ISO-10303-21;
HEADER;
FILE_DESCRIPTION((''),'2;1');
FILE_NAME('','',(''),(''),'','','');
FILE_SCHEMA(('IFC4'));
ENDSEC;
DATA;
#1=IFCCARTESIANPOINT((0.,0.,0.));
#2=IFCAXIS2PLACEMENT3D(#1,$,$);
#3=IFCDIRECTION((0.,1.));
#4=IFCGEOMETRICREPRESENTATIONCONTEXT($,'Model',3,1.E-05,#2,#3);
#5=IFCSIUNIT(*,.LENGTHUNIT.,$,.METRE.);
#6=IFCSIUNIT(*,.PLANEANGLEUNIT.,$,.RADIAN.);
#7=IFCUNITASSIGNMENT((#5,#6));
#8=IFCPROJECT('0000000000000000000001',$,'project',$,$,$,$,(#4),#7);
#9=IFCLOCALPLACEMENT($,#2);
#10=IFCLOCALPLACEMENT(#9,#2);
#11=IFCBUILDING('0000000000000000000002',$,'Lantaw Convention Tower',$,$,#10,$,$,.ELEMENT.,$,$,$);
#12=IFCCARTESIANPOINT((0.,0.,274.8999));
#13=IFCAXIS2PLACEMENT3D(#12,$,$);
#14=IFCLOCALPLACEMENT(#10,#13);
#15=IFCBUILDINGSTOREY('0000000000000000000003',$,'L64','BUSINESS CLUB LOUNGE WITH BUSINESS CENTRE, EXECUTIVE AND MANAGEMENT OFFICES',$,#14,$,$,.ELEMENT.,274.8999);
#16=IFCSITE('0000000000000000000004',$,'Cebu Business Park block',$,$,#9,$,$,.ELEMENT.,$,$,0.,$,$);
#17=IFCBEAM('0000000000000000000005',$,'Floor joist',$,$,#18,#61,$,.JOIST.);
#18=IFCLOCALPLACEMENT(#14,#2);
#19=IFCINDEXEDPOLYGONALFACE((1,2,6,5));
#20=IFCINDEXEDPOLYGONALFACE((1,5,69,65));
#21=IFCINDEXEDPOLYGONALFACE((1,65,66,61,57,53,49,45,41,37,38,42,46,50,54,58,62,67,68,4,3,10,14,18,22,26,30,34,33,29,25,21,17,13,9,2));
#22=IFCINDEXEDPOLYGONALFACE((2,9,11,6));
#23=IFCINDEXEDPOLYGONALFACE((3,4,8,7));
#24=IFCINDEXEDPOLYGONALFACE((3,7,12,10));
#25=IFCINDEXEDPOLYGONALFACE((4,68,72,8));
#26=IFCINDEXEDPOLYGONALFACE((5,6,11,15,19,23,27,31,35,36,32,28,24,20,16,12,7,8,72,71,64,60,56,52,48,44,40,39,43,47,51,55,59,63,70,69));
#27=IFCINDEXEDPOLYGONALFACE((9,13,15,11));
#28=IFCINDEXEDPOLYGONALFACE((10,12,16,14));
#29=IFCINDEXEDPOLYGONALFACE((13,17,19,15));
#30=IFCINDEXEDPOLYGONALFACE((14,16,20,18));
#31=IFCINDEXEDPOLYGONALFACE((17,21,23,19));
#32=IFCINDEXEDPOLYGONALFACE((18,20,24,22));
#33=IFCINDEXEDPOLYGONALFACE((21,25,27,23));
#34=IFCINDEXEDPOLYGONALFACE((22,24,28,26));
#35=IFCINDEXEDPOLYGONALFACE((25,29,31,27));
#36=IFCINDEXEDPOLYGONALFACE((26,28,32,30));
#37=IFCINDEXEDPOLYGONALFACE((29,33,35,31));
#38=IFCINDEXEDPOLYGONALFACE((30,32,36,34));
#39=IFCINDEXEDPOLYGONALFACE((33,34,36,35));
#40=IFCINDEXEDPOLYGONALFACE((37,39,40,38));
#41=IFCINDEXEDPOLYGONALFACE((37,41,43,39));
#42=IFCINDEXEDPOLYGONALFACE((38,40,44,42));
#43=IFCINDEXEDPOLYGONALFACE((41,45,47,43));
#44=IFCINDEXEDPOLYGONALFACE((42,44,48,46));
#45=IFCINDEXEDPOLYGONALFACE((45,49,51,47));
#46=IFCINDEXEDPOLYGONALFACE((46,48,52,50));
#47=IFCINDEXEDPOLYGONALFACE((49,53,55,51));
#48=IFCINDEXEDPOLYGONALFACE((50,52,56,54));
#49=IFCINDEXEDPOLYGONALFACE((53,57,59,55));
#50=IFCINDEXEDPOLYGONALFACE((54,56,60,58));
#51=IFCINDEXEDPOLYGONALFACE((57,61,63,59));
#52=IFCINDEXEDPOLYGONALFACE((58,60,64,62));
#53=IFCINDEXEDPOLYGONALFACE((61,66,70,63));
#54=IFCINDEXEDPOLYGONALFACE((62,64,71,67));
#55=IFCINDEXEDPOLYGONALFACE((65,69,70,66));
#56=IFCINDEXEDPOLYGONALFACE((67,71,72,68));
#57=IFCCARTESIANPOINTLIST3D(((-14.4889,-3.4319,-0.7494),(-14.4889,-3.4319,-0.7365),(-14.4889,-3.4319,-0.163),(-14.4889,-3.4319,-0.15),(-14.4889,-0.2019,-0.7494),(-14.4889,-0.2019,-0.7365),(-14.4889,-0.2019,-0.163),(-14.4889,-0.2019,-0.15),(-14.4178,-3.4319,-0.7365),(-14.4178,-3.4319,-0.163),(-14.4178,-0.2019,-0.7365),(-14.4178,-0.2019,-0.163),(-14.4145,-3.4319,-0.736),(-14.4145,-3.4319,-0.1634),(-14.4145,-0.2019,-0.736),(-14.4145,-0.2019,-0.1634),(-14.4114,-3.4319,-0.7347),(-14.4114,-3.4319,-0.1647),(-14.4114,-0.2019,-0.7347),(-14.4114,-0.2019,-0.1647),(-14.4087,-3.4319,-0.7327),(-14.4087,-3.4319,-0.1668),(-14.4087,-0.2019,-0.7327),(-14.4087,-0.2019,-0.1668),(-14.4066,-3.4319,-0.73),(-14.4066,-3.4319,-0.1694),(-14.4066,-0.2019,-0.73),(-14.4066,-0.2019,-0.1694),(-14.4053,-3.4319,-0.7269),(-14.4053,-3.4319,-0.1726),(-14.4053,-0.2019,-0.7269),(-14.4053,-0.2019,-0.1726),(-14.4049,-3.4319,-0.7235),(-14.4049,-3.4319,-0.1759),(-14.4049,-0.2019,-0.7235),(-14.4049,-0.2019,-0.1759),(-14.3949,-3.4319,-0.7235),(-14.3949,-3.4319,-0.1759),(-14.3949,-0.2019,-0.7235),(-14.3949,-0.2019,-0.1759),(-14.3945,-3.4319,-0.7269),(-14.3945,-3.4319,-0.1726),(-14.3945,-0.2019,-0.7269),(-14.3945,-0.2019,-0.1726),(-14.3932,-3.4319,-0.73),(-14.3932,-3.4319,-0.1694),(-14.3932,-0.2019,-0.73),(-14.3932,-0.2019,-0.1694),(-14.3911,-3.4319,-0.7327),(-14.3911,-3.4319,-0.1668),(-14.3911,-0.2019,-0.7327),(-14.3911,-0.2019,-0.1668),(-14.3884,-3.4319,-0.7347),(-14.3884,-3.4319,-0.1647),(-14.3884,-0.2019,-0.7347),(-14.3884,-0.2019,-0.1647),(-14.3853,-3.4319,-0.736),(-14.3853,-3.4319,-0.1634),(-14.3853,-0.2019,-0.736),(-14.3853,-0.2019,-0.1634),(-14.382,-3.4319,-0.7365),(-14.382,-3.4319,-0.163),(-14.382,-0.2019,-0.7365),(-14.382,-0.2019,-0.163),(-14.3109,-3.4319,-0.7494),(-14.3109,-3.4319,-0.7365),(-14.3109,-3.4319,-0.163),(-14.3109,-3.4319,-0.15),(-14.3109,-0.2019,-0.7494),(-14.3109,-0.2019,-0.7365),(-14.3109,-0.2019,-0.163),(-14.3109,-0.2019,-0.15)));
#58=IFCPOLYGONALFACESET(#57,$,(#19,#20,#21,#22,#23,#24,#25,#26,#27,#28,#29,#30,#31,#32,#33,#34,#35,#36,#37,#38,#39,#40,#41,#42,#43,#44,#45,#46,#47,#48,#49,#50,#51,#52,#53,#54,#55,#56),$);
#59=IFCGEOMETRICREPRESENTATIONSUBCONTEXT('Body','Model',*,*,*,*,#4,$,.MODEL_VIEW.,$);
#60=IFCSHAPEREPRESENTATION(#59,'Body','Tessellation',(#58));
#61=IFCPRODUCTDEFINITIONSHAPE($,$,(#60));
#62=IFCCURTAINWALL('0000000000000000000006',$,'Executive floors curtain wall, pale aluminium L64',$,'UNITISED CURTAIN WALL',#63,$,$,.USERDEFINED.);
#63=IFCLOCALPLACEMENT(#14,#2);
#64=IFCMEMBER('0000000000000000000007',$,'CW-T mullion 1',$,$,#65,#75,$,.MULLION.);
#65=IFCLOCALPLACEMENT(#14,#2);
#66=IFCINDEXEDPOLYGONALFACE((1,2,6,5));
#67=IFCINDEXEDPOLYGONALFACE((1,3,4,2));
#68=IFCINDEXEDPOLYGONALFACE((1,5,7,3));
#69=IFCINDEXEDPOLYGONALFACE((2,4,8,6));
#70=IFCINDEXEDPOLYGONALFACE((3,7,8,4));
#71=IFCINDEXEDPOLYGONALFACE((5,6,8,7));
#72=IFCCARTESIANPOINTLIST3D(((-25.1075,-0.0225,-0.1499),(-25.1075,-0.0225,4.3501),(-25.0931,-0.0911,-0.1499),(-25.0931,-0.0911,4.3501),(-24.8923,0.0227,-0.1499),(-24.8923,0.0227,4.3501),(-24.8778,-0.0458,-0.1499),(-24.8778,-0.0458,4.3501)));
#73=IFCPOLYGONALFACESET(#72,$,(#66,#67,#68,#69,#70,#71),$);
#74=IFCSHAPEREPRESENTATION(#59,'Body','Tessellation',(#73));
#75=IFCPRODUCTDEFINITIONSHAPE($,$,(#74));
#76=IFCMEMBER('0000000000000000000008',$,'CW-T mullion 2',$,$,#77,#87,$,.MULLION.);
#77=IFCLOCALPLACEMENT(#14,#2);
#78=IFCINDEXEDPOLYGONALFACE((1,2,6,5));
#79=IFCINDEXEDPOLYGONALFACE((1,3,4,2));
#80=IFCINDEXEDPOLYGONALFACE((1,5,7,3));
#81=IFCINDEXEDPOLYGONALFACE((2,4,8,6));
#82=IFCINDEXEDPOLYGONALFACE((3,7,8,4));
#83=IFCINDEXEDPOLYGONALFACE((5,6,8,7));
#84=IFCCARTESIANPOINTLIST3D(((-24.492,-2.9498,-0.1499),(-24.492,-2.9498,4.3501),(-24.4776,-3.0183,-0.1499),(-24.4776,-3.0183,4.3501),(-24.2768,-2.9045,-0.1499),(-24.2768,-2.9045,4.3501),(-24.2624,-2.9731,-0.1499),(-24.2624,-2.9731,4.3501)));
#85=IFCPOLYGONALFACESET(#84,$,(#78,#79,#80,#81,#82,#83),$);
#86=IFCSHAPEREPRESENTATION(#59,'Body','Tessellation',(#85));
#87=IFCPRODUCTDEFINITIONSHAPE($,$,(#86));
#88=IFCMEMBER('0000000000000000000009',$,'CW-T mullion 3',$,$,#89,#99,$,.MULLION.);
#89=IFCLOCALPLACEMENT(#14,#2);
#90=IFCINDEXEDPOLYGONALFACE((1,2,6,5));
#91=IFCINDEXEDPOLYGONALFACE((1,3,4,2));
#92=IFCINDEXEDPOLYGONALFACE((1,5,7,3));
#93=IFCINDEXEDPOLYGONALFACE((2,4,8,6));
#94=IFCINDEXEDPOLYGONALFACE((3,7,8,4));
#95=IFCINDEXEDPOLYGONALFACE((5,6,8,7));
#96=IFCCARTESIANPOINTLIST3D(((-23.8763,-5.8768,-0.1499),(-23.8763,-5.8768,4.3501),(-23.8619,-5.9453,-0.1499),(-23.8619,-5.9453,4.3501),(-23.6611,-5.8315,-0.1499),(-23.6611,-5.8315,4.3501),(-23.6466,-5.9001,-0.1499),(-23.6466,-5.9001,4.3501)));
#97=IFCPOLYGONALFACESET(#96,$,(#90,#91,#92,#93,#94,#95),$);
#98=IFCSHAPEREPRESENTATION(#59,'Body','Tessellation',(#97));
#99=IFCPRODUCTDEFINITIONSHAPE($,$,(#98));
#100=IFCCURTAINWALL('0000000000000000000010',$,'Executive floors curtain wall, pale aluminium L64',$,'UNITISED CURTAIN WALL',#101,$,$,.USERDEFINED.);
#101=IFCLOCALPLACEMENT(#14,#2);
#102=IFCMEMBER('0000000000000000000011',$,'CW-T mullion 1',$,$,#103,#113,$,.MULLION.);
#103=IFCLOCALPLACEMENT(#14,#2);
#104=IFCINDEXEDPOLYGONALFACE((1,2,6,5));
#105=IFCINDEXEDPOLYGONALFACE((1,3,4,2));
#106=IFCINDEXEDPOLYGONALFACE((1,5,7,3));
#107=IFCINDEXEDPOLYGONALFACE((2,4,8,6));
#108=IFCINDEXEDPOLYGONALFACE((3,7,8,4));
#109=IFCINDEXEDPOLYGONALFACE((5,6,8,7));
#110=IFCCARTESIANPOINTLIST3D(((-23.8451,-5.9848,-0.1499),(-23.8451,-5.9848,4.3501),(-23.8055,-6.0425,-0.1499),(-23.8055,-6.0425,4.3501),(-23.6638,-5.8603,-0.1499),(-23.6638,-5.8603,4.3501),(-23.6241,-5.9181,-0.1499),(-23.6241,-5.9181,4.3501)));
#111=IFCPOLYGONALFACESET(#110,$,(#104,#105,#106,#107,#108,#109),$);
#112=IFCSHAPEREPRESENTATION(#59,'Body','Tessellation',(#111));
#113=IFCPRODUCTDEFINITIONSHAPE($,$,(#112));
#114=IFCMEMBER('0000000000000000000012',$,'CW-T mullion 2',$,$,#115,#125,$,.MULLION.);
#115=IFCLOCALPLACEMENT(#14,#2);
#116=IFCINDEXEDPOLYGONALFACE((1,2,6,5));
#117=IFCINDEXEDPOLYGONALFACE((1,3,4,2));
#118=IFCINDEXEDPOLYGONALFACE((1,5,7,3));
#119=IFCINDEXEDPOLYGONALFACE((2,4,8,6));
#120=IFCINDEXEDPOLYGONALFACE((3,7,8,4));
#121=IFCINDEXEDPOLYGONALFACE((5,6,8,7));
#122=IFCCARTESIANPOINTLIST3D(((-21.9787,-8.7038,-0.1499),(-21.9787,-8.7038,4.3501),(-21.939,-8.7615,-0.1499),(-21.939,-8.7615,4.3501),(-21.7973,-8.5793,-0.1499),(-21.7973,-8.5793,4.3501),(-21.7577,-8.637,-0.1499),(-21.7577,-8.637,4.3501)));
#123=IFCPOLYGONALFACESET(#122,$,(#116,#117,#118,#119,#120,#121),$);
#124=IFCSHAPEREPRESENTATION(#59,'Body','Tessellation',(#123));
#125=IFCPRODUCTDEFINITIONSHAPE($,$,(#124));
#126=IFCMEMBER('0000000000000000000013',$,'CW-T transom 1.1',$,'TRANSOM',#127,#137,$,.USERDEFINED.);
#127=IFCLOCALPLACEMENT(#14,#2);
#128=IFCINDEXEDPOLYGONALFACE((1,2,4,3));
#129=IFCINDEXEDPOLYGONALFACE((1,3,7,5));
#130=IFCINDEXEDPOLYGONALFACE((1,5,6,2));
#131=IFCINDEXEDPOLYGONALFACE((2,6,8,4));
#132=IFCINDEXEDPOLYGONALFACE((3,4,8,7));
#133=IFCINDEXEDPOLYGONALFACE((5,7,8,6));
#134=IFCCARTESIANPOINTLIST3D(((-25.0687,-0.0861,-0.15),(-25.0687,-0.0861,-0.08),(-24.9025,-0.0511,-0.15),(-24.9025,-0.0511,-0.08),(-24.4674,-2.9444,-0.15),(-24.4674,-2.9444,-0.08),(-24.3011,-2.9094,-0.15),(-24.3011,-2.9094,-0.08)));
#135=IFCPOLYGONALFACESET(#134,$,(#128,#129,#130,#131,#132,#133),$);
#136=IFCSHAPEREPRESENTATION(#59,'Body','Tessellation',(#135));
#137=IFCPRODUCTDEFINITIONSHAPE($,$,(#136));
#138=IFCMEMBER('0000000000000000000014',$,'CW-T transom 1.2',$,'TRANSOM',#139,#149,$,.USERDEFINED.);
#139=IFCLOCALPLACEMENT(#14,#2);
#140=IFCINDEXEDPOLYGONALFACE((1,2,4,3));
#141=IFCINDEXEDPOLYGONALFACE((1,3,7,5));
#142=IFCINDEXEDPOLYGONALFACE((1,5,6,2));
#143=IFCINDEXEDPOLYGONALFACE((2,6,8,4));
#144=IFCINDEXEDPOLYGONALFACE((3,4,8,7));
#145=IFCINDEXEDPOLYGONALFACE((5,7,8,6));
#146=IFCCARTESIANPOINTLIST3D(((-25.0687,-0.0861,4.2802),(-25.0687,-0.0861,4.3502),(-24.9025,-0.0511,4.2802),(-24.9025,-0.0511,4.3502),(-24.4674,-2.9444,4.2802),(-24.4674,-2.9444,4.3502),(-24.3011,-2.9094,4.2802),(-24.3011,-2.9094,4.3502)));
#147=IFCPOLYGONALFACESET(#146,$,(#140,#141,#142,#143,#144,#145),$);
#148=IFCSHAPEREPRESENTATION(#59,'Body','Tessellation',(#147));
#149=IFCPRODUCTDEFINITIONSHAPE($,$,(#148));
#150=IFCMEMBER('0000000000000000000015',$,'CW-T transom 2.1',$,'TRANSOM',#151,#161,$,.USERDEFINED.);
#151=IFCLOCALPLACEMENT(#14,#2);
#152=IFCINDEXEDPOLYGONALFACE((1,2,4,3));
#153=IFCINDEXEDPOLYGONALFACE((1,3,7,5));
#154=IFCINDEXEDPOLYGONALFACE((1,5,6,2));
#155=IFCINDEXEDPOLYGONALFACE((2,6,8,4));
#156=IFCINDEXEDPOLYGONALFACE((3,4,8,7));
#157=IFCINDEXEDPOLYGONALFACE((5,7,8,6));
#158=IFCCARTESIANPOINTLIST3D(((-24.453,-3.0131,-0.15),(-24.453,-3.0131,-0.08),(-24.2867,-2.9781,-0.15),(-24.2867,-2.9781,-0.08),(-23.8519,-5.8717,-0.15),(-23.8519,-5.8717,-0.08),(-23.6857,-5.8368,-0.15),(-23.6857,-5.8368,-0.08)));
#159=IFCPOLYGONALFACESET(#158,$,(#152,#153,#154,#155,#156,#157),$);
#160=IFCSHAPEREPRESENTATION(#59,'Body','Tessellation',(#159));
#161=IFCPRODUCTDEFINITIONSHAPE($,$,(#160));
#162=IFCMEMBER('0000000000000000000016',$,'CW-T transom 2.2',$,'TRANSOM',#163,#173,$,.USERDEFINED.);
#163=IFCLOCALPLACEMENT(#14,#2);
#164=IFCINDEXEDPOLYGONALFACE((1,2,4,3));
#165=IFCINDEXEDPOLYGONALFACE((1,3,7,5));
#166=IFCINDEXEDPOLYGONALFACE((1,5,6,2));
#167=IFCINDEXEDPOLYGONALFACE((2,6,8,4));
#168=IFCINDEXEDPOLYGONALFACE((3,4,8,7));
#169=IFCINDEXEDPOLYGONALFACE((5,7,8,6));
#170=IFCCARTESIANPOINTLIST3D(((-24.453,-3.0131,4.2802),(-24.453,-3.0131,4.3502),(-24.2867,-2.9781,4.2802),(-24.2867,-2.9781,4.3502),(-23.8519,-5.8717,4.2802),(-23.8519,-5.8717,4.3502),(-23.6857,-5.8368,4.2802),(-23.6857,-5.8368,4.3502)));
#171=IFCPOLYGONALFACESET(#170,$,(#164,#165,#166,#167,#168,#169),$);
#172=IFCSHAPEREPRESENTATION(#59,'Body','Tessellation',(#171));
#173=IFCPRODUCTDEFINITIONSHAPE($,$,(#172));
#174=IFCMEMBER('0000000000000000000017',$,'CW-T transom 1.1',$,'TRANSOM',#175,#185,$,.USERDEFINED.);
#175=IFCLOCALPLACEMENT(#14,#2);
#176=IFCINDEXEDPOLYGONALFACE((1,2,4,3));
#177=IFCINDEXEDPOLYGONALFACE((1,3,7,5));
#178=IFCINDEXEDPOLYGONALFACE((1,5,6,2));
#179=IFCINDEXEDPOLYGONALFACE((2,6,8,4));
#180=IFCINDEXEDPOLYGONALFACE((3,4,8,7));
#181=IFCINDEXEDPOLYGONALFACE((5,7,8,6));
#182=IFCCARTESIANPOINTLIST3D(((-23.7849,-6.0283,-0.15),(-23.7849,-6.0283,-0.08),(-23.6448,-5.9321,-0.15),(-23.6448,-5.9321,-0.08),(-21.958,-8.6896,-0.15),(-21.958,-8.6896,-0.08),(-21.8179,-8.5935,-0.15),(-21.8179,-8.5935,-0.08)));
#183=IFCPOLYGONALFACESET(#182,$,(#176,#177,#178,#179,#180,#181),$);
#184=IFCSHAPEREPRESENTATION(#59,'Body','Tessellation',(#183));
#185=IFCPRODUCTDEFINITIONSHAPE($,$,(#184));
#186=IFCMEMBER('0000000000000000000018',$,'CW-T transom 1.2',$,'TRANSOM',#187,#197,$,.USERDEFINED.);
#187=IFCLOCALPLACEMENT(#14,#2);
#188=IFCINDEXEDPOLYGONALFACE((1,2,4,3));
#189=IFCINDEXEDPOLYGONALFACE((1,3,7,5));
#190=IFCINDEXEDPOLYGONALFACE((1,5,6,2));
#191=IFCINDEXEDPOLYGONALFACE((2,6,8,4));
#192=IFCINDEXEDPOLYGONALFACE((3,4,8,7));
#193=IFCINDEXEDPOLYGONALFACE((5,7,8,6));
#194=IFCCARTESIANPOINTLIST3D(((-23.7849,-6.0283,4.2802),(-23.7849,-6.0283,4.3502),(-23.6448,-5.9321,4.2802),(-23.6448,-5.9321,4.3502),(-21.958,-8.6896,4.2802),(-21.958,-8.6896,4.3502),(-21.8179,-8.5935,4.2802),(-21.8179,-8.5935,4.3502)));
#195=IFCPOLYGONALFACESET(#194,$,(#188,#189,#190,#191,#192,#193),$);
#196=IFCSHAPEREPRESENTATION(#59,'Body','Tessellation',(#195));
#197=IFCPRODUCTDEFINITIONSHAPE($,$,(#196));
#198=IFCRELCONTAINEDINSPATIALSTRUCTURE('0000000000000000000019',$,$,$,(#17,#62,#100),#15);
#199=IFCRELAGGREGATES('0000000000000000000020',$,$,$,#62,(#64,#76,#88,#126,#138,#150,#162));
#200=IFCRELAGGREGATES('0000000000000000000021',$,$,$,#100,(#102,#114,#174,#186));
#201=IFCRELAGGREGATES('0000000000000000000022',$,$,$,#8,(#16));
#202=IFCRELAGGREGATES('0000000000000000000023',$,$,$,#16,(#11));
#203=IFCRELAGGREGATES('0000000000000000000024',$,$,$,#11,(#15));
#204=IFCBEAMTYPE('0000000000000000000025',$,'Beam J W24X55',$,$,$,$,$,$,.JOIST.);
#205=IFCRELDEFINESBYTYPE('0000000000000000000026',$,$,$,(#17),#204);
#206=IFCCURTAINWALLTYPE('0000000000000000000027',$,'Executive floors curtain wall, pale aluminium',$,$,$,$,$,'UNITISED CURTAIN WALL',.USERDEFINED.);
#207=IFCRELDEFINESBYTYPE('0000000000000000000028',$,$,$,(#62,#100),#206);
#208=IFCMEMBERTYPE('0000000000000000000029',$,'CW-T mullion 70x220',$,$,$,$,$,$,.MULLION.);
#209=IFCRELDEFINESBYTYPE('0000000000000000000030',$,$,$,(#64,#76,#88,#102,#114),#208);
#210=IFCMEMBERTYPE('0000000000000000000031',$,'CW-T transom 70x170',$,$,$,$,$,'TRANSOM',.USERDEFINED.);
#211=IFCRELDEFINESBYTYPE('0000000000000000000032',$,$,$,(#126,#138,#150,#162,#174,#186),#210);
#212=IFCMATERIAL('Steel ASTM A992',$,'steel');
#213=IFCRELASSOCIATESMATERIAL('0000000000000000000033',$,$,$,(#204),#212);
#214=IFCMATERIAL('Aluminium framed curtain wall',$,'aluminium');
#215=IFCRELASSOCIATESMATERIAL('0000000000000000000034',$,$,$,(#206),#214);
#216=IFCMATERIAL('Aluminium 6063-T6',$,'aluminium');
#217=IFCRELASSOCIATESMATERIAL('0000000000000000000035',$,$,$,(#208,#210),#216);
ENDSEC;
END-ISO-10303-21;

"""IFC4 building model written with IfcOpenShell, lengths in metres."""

from ifc_helpers import new_model, si_unit, direction, frame, origin, origin_2d, place, context, subcontext, project, spatial, rectangle, i_section, extrude, material, material_profile, profile_set, type_object, element, aggregate, save


model = new_model("IFC4")

# Units and contexts
model_context = context("Model", 3, precision=1e-05, world=origin(), true_north=direction((0.0, 1.0)))
body_context = subcontext(model_context, "Body", "Model", "MODEL_VIEW")
ifc_project = project(units=[si_unit("LENGTHUNIT", "METRE"), si_unit("PLANEANGLEUNIT", "RADIAN")], contexts=[model_context])

# Site, building, storey
site_placement = place(None, origin())
site = spatial("IfcSite", under=ifc_project, at=site_placement, Name="Cebu Business Park block", CompositionType="ELEMENT", RefElevation=0.0)
building_placement = place(site_placement, origin())
building = spatial("IfcBuilding", under=site, at=building_placement, Name="Lantaw Convention Tower", CompositionType="ELEMENT")
storey_placement = place(building_placement, frame((0.0, 0.0, 274.8999)))
storey = spatial("IfcBuildingStorey", under=building, at=storey_placement, Name="L64", Description="BUSINESS CLUB LOUNGE WITH BUSINESS CENTRE, EXECUTIVE AND MANAGEMENT OFFICES", CompositionType="ELEMENT", Elevation=274.8999)

# Beam
ifc_material_1 = material(Name="Steel ASTM A992", Category="steel")
ifc_material_profile_1 = material_profile(ifc_material_1, i_section(OverallWidth=0.178, OverallDepth=0.5994, WebThickness=0.01, FlangeThickness=0.0129, FilletRadius=0.0129, at=origin_2d()), Name="W24X55")
ifc_profile_set_1 = profile_set([ifc_material_profile_1], Name="Steel ASTM A992")
beam_type_1 = type_object("IfcBeamType", Name="Beam J W24X55", PredefinedType="JOIST", material=ifc_profile_set_1)
beam_1_placement = place(storey_placement, frame((-14.3999, -3.4319, -0.4497), z_axis=(0.0, 1.0, 0.0), x_axis=(-1.0, 0.0, 0.0)))
element("IfcBeam", 1, at=beam_1_placement, inside=storey, type_object=beam_type_1, Name="Floor joist", PredefinedType="JOIST", context=body_context, shape_type="SweptSolid", body=[
    extrude(i_section(OverallWidth=0.178, OverallDepth=0.5994, WebThickness=0.01, FlangeThickness=0.0129, FilletRadius=0.0129, at=origin_2d()), origin(), (0.0, 0.0, 1.0), 3.23),
])

# Curtain walls, members
ifc_material_2 = material(Name="Aluminium framed curtain wall", Category="aluminium")
curtain_wall_type = type_object("IfcCurtainWallType", Name="Executive floors curtain wall, pale aluminium", ElementType="UNITISED CURTAIN WALL", PredefinedType="USERDEFINED", material=ifc_material_2)
curtain_wall_1_placement = place(storey_placement, origin())
curtain_wall_1 = element("IfcCurtainWall", 2, at=curtain_wall_1_placement, inside=storey, type_object=curtain_wall_type, Name="Executive floors curtain wall, pale aluminium L64", ObjectType="UNITISED CURTAIN WALL", PredefinedType="USERDEFINED")
ifc_material_3 = material(Name="Aluminium 6063-T6", Category="aluminium")
ifc_material_profile_2 = material_profile(ifc_material_3, rectangle(XDim=0.22, YDim=0.0701, at=origin_2d()), Name="CW-T mullion 70x220")
ifc_profile_set_2 = profile_set([ifc_material_profile_2], Name="Aluminium 6063-T6")
member_type_1 = type_object("IfcMemberType", Name="CW-T mullion 70x220", PredefinedType="MULLION", material=ifc_profile_set_2)
member_1_placement = place(storey_placement, frame((-24.9927, -0.0342, -0.1499), z_axis=(0.0, 0.0, 1.0), x_axis=(0.978591, 0.205814, 0.0)))
member_1 = element("IfcMember", 3, at=member_1_placement, type_object=member_type_1, Name="CW-T mullion 1", PredefinedType="MULLION", context=body_context, shape_type="SweptSolid", body=[
    extrude(rectangle(XDim=0.22, YDim=0.0701, at=origin_2d()), origin(), (0.0, 0.0, 1.0), 4.5),
])
member_2_placement = place(storey_placement, frame((-24.3772, -2.9614, -0.1499), z_axis=(0.0, 0.0, 1.0), x_axis=(0.978591, 0.205814, 0.0)))
member_2 = element("IfcMember", 4, at=member_2_placement, type_object=member_type_1, Name="CW-T mullion 2", PredefinedType="MULLION", context=body_context, shape_type="SweptSolid", body=[
    extrude(rectangle(XDim=0.22, YDim=0.0701, at=origin_2d()), origin(), (0.0, 0.0, 1.0), 4.5),
])
member_3_placement = place(storey_placement, frame((-23.7615, -5.8884, -0.1499), z_axis=(0.0, 0.0, 1.0), x_axis=(0.978591, 0.205814, 0.0)))
member_3 = element("IfcMember", 5, at=member_3_placement, type_object=member_type_1, Name="CW-T mullion 3", PredefinedType="MULLION", context=body_context, shape_type="SweptSolid", body=[
    extrude(rectangle(XDim=0.22, YDim=0.0701, at=origin_2d()), origin(), (0.0, 0.0, 1.0), 4.5),
])
curtain_wall_2_placement = place(storey_placement, origin())
curtain_wall_2 = element("IfcCurtainWall", 6, at=curtain_wall_2_placement, inside=storey, type_object=curtain_wall_type, Name="Executive floors curtain wall, pale aluminium L64", ObjectType="UNITISED CURTAIN WALL", PredefinedType="USERDEFINED")
member_4_placement = place(storey_placement, frame((-23.7346, -5.9514, -0.1499), z_axis=(0.0, 0.0, 1.0), x_axis=(0.82445, 0.565935, 0.0)))
member_4 = element("IfcMember", 7, at=member_4_placement, type_object=member_type_1, Name="CW-T mullion 1", PredefinedType="MULLION", context=body_context, shape_type="SweptSolid", body=[
    extrude(rectangle(XDim=0.22, YDim=0.0701, at=origin_2d()), origin(), (0.0, 0.0, 1.0), 4.5),
])
member_5_placement = place(storey_placement, frame((-21.8682, -8.6704, -0.1499), z_axis=(0.0, 0.0, 1.0), x_axis=(0.82445, 0.565935, 0.0)))
member_5 = element("IfcMember", 8, at=member_5_placement, type_object=member_type_1, Name="CW-T mullion 2", PredefinedType="MULLION", context=body_context, shape_type="SweptSolid", body=[
    extrude(rectangle(XDim=0.22, YDim=0.0701, at=origin_2d()), origin(), (0.0, 0.0, 1.0), 4.5),
])

# Members
ifc_material_profile_3 = material_profile(ifc_material_3, rectangle(XDim=0.1699, YDim=0.0701, at=origin_2d()), Name="CW-T transom 70x170")
ifc_profile_set_3 = profile_set([ifc_material_profile_3], Name="Aluminium 6063-T6")
member_type_2 = type_object("IfcMemberType", Name="CW-T transom 70x170", ElementType="TRANSOM", PredefinedType="USERDEFINED", material=ifc_profile_set_3)
member_6_placement = place(storey_placement, frame((-24.9856, -0.0686, -0.115), z_axis=(0.205863, -0.978581, 0.0), x_axis=(0.978581, 0.205863, 0.0)))
member_6 = element("IfcMember", 9, at=member_6_placement, type_object=member_type_2, Name="CW-T transom 1.1", ObjectType="TRANSOM", PredefinedType="USERDEFINED", context=body_context, shape_type="SweptSolid", body=[
    extrude(rectangle(XDim=0.1699, YDim=0.0701, at=origin_2d()), origin(), (0.0, 0.0, 1.0), 2.9209),
])
member_7_placement = place(storey_placement, frame((-24.9856, -0.0686, 4.3152), z_axis=(0.205863, -0.978581, 0.0), x_axis=(0.978581, 0.205863, 0.0)))
member_7 = element("IfcMember", 10, at=member_7_placement, type_object=member_type_2, Name="CW-T transom 1.2", ObjectType="TRANSOM", PredefinedType="USERDEFINED", context=body_context, shape_type="SweptSolid", body=[
    extrude(rectangle(XDim=0.1699, YDim=0.0701, at=origin_2d()), origin(), (0.0, 0.0, 1.0), 2.9209),
])
member_8_placement = place(storey_placement, frame((-24.3699, -2.9956, -0.115), z_axis=(0.205766, -0.978601, 0.0), x_axis=(0.978601, 0.205766, 0.0)))
member_8 = element("IfcMember", 11, at=member_8_placement, type_object=member_type_2, Name="CW-T transom 2.1", ObjectType="TRANSOM", PredefinedType="USERDEFINED", context=body_context, shape_type="SweptSolid", body=[
    extrude(rectangle(XDim=0.1699, YDim=0.0701, at=origin_2d()), origin(), (0.0, 0.0, 1.0), 2.9211),
])
member_9_placement = place(storey_placement, frame((-24.3699, -2.9956, 4.3152), z_axis=(0.205766, -0.978601, 0.0), x_axis=(0.978601, 0.205766, 0.0)))
member_9 = element("IfcMember", 12, at=member_9_placement, type_object=member_type_2, Name="CW-T transom 2.2", ObjectType="TRANSOM", PredefinedType="USERDEFINED", context=body_context, shape_type="SweptSolid", body=[
    extrude(rectangle(XDim=0.1699, YDim=0.0701, at=origin_2d()), origin(), (0.0, 0.0, 1.0), 2.9211),
])
member_10_placement = place(storey_placement, frame((-23.7148, -5.9802, -0.115), z_axis=(0.565941, -0.824446, 0.0), x_axis=(0.824446, 0.565941, 0.0)))
member_10 = element("IfcMember", 13, at=member_10_placement, type_object=member_type_2, Name="CW-T transom 1.1", ObjectType="TRANSOM", PredefinedType="USERDEFINED", context=body_context, shape_type="SweptSolid", body=[
    extrude(rectangle(XDim=0.1699, YDim=0.0701, at=origin_2d()), origin(), (0.0, 0.0, 1.0), 3.228),
])
member_11_placement = place(storey_placement, frame((-23.7148, -5.9802, 4.3152), z_axis=(0.565941, -0.824446, 0.0), x_axis=(0.824446, 0.565941, 0.0)))
member_11 = element("IfcMember", 14, at=member_11_placement, type_object=member_type_2, Name="CW-T transom 1.2", ObjectType="TRANSOM", PredefinedType="USERDEFINED", context=body_context, shape_type="SweptSolid", body=[
    extrude(rectangle(XDim=0.1699, YDim=0.0701, at=origin_2d()), origin(), (0.0, 0.0, 1.0), 3.228),
])

aggregate(curtain_wall_1, [member_1, member_2, member_3, member_6, member_7, member_8, member_9])
aggregate(curtain_wall_2, [member_4, member_5, member_10, member_11])

save(model, "model.ifc")
